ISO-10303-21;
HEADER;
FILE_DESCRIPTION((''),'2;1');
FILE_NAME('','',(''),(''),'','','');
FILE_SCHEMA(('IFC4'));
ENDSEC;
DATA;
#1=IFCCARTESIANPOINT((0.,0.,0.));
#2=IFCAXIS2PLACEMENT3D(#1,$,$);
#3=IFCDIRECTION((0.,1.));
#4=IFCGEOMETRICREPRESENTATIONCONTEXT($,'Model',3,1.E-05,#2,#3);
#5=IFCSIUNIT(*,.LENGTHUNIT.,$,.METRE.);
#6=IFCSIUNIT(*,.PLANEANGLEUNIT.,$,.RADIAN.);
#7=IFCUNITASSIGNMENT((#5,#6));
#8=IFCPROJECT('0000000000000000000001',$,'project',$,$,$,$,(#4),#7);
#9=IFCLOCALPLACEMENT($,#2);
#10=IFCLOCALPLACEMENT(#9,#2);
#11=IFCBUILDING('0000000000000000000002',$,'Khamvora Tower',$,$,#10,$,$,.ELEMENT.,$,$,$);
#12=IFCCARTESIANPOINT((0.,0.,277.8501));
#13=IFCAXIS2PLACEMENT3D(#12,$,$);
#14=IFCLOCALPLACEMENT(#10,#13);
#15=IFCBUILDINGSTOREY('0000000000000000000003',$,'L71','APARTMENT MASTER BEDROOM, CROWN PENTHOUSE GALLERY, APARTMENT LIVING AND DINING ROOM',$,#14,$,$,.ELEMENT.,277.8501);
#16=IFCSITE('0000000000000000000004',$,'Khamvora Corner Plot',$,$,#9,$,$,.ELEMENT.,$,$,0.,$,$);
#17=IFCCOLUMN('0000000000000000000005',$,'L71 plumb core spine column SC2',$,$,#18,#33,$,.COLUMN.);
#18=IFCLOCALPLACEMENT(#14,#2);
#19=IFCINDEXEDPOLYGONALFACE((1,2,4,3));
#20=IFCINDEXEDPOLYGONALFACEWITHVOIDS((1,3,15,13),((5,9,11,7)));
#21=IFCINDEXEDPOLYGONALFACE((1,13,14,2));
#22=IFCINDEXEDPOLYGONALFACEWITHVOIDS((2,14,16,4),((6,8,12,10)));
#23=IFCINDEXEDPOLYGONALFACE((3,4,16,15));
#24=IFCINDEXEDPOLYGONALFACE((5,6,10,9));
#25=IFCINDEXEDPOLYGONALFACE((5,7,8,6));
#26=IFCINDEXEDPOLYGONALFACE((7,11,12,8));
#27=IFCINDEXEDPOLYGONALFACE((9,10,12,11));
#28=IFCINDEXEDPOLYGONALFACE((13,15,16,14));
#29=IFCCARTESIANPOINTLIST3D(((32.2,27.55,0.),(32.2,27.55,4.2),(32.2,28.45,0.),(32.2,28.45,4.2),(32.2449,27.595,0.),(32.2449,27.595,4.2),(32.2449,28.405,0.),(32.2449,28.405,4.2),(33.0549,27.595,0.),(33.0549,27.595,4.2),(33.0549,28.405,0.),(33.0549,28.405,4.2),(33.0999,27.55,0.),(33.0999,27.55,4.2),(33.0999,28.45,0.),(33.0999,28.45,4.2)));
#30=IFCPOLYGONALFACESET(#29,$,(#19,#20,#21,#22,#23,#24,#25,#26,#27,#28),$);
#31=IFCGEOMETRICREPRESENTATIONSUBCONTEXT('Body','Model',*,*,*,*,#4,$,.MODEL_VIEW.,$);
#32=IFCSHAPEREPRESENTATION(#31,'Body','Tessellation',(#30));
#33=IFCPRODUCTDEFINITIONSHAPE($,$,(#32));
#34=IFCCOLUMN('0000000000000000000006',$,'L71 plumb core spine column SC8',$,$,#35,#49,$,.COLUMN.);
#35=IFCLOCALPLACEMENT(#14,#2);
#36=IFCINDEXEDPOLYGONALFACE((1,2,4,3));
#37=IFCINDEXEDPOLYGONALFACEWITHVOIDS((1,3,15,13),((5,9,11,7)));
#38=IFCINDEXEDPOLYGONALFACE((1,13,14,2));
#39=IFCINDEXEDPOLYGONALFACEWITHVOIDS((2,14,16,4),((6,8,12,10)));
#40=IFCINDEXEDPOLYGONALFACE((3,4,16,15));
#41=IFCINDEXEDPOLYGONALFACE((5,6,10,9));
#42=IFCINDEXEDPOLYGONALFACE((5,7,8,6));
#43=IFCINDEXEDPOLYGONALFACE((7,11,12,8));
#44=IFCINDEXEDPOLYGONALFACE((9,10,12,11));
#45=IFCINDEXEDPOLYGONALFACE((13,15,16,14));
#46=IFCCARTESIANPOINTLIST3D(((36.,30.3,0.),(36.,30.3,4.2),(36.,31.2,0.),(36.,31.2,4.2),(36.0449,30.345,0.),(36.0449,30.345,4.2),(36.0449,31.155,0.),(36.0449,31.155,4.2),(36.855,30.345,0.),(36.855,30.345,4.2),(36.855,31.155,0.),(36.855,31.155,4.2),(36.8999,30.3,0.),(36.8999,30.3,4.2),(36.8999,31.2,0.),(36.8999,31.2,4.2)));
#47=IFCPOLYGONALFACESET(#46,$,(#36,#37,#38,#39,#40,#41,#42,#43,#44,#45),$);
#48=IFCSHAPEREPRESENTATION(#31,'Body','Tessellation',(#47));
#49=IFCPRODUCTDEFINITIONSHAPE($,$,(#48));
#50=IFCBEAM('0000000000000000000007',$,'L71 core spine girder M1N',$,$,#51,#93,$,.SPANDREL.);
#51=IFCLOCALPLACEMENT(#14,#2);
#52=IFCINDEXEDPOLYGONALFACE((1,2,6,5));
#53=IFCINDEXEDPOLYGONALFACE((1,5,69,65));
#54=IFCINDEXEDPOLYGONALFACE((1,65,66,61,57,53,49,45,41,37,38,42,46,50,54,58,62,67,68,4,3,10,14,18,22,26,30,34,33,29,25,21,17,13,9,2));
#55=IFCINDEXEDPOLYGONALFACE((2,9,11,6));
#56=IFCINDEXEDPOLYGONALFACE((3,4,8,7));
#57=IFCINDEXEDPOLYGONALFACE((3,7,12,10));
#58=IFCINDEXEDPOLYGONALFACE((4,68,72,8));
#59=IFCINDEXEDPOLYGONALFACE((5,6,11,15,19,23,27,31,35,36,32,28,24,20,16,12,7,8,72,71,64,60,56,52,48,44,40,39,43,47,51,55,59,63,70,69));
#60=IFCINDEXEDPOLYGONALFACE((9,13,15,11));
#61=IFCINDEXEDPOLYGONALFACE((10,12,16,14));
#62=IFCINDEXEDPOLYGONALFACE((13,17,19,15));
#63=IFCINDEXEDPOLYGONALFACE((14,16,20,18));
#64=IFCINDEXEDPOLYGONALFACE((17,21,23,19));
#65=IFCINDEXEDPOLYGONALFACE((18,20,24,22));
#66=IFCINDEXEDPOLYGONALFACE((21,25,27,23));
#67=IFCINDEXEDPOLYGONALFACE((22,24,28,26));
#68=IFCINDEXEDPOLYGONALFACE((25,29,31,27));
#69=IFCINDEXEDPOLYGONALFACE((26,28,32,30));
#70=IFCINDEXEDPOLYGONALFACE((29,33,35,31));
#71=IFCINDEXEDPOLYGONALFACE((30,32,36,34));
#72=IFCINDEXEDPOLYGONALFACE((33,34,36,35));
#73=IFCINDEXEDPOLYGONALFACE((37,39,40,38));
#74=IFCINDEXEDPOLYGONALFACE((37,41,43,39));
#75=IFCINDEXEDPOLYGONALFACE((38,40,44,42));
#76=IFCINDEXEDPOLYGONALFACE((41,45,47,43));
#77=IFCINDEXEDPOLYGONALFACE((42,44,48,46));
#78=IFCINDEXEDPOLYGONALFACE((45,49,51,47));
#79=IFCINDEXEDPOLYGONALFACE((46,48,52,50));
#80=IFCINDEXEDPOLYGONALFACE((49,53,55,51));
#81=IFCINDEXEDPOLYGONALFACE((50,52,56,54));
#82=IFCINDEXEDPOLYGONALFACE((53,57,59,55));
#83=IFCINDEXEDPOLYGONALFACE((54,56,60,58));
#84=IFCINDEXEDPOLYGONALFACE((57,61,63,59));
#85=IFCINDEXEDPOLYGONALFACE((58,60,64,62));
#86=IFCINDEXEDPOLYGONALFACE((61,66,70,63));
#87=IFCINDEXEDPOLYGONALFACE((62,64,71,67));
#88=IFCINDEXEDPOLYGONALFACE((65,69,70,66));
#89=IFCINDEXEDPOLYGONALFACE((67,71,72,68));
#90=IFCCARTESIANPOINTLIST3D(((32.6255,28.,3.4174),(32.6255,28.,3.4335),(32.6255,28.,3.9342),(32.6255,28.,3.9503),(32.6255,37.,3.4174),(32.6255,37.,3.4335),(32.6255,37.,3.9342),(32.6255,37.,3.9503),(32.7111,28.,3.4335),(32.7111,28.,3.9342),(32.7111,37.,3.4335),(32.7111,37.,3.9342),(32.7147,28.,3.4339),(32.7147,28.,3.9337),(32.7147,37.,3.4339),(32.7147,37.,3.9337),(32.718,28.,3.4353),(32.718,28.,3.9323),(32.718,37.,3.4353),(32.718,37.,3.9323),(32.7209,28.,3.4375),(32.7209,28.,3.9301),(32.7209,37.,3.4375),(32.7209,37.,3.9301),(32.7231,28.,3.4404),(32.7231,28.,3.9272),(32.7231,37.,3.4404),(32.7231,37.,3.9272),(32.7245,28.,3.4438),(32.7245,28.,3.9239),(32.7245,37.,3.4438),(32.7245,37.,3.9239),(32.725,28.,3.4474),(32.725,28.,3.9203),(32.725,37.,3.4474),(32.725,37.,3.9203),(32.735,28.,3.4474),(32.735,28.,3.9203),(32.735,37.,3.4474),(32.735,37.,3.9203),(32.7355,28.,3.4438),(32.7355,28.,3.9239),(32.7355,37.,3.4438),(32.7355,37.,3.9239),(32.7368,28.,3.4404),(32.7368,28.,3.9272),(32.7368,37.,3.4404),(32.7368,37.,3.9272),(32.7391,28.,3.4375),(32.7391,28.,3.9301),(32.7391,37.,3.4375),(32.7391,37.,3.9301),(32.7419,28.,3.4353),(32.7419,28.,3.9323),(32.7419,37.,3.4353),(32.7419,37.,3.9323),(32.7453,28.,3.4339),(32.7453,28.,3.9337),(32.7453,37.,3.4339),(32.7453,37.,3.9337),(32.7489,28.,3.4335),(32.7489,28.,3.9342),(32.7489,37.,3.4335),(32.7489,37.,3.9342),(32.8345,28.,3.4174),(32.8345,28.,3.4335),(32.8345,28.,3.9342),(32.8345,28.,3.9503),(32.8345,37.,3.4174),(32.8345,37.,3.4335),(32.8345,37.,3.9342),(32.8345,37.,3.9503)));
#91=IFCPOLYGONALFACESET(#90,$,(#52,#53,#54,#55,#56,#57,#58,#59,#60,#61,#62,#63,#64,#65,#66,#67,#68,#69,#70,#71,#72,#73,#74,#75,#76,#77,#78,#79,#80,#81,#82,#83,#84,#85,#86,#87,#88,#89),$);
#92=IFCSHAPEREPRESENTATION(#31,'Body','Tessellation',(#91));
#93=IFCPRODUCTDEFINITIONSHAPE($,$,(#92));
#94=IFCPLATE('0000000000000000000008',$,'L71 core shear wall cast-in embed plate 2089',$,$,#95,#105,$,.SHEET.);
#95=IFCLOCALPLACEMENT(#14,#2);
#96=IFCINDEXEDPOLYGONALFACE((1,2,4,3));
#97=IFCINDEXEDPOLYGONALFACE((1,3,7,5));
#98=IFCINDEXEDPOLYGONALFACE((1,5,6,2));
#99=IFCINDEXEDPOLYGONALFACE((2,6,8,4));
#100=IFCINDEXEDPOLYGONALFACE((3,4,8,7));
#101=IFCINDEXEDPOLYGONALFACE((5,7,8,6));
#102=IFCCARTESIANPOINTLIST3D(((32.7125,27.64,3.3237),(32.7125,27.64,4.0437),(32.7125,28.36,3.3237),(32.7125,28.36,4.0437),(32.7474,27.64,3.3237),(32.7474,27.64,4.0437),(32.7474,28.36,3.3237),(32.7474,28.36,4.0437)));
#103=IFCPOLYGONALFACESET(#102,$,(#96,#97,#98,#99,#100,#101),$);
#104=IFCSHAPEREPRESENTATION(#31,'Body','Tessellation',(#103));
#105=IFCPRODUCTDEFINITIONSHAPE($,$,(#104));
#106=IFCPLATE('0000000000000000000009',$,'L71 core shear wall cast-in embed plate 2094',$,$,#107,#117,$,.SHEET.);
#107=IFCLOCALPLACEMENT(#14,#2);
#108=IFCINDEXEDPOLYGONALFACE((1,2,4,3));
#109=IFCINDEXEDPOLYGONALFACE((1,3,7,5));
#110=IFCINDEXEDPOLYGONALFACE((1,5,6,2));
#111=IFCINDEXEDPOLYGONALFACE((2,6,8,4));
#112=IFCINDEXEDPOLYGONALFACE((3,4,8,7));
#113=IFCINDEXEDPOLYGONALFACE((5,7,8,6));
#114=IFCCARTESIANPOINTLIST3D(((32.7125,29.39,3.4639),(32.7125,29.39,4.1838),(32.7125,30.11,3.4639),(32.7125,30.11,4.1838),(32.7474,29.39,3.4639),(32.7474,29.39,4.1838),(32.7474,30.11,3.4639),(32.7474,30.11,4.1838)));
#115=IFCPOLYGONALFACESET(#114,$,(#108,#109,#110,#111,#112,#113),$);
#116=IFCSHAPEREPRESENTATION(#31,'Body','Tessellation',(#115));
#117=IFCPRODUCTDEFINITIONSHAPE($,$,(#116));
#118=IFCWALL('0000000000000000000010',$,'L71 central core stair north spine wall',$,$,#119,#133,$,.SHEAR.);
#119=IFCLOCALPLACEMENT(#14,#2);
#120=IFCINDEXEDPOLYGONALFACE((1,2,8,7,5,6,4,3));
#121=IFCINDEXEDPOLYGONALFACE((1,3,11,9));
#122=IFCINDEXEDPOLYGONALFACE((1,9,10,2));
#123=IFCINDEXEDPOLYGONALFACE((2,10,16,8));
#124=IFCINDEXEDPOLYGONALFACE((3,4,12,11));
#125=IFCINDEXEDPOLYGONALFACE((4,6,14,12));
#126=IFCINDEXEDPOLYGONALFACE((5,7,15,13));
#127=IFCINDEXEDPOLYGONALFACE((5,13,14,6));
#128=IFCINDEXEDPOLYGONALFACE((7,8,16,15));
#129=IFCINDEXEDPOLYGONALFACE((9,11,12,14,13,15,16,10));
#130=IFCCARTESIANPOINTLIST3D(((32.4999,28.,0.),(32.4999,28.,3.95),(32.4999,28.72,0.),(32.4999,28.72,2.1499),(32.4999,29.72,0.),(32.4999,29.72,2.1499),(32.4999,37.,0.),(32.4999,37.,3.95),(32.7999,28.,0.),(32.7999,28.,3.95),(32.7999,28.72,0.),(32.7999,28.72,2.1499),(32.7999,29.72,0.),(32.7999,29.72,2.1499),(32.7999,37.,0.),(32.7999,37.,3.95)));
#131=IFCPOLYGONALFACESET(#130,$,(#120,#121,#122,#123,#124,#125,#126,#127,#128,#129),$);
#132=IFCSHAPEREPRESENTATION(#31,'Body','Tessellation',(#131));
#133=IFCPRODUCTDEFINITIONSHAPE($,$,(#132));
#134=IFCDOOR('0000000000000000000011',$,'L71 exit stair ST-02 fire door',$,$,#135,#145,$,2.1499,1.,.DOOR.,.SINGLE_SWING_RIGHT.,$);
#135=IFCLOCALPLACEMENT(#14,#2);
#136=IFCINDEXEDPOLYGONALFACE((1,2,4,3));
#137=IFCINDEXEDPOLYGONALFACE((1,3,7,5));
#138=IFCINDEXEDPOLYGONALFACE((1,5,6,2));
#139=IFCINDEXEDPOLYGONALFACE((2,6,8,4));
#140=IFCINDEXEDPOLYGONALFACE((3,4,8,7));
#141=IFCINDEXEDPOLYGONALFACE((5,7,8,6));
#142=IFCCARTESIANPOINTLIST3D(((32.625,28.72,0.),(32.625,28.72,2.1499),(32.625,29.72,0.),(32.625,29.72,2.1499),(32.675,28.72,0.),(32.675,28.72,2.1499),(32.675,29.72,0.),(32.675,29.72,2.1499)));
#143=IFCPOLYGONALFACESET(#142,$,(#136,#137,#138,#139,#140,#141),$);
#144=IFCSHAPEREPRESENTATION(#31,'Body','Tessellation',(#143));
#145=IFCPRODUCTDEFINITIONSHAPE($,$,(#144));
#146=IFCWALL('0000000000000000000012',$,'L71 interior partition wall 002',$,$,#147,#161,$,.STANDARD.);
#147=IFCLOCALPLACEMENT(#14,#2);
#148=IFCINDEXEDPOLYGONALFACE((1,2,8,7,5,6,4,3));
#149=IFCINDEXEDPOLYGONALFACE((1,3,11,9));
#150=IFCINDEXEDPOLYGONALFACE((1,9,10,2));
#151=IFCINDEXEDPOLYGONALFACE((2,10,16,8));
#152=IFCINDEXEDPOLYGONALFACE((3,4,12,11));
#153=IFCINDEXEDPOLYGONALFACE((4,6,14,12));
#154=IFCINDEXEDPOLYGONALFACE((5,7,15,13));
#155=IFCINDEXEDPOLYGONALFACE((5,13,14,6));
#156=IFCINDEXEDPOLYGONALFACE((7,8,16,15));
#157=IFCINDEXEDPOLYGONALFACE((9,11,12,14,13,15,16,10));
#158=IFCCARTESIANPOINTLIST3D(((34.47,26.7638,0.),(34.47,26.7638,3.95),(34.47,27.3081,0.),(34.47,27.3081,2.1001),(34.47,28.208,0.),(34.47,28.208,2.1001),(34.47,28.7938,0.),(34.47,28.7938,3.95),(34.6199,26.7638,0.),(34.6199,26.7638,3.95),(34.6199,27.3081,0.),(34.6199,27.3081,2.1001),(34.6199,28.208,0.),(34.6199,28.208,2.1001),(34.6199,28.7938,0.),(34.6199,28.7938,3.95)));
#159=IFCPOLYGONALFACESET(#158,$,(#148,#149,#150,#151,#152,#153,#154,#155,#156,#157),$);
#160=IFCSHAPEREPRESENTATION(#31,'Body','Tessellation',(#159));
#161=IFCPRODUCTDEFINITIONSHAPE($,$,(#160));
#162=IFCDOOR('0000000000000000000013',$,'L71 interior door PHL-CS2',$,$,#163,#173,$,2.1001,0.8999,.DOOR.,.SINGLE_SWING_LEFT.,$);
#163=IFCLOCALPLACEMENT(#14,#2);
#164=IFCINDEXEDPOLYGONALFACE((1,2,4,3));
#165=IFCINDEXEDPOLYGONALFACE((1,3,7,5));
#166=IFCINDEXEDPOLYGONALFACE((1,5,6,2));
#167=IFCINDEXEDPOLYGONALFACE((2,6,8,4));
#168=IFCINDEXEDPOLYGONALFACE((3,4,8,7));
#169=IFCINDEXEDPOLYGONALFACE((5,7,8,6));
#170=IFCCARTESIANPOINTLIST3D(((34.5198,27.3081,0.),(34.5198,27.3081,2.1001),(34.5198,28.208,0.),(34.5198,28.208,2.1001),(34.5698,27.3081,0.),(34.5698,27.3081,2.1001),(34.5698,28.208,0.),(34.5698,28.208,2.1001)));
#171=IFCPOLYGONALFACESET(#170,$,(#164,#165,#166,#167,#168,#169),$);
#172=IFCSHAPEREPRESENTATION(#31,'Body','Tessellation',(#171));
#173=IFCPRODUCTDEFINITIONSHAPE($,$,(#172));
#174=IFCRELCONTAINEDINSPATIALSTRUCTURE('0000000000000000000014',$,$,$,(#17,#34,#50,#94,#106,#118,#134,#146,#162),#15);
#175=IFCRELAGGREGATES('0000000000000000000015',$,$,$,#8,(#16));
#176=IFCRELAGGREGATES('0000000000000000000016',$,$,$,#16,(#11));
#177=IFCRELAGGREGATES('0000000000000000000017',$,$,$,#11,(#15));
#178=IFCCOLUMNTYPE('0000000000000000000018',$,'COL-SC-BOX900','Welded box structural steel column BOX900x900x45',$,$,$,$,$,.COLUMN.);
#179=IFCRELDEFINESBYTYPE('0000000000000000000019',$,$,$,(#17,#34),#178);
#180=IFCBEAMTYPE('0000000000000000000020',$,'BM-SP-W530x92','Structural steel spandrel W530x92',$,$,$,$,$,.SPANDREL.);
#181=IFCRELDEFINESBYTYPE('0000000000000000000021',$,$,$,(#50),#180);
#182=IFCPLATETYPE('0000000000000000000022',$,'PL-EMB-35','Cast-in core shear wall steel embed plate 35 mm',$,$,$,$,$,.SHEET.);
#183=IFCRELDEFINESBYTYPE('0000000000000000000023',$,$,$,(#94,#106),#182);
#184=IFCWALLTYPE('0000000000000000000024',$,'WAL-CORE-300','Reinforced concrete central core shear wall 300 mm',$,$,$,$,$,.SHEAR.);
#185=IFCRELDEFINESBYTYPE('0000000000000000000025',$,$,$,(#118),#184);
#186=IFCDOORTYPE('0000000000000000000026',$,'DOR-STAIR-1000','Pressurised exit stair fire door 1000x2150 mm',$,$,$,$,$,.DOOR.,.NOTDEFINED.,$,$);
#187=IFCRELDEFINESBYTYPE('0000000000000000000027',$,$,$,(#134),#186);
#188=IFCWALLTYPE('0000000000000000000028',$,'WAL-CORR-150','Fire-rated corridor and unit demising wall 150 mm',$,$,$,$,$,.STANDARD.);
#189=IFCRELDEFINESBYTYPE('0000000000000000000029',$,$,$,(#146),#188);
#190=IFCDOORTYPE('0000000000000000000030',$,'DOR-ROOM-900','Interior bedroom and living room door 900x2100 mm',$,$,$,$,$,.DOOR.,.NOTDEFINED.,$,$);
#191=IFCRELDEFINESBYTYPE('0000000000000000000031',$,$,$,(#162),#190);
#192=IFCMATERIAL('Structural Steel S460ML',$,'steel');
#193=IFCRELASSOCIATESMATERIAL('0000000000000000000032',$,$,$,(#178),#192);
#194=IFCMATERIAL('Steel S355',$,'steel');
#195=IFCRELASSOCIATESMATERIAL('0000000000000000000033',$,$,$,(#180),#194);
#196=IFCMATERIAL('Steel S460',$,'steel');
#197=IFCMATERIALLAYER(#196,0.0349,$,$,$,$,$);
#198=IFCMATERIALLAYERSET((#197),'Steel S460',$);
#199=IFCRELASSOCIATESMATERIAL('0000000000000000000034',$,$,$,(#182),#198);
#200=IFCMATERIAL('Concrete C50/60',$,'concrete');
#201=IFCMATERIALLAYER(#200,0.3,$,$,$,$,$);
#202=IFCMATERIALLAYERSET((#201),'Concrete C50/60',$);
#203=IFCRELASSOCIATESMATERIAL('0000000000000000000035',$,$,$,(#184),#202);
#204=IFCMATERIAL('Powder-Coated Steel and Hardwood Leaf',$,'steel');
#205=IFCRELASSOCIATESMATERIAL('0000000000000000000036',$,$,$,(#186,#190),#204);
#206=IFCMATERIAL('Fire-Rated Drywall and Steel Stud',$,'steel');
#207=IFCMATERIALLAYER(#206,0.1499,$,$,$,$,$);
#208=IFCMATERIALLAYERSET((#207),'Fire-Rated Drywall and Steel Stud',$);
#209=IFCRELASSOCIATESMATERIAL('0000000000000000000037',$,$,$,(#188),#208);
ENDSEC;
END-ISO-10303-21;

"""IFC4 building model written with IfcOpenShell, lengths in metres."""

from ifc_helpers import new_model, si_unit, direction, frame, frame_2d, origin, origin_2d, place, context, subcontext, project, spatial, rectangle, hollow_rectangle, i_section, extrude, material, layer, layer_set, material_profile, profile_set, type_object, element, fill, save


model = new_model("IFC4")

# Units and contexts
model_context = context("Model", 3, precision=1e-05, world=origin(), true_north=direction((0.0, 1.0)))
body_context = subcontext(model_context, "Body", "Model", "MODEL_VIEW")
ifc_project = project(units=[si_unit("LENGTHUNIT", "METRE"), si_unit("PLANEANGLEUNIT", "RADIAN")], contexts=[model_context])

# Site, building, storey
site_placement = place(None, origin())
site = spatial("IfcSite", under=ifc_project, at=site_placement, Name="Khamvora Corner Plot", CompositionType="ELEMENT", RefElevation=0.0)
building_placement = place(site_placement, origin())
building = spatial("IfcBuilding", under=site, at=building_placement, Name="Khamvora Tower", CompositionType="ELEMENT")
storey_placement = place(building_placement, frame((0.0, 0.0, 277.8501)))
storey = spatial("IfcBuildingStorey", under=building, at=storey_placement, Name="L71", Description="APARTMENT MASTER BEDROOM, CROWN PENTHOUSE GALLERY, APARTMENT LIVING AND DINING ROOM", CompositionType="ELEMENT", Elevation=277.8501)

# Columns
ifc_material_1 = material(Name="Structural Steel S460ML", Category="steel")
ifc_material_profile_1 = material_profile(ifc_material_1, hollow_rectangle(XDim=0.8999, YDim=0.8999, WallThickness=0.0449, at=origin_2d()), Name="BOX900x900x45")
ifc_profile_set_1 = profile_set([ifc_material_profile_1], Name="Structural Steel S460ML")
column_type = type_object("IfcColumnType", Name="COL-SC-BOX900", Description="Welded box structural steel column BOX900x900x45", PredefinedType="COLUMN", material=ifc_profile_set_1)
for number, where, z_axis, x_axis, name in (
    (1, (32.6499, 28.0, 0.0), (0.0, 0.0, 1.0), (1.0, 0.0, 0.0), "L71 plumb core spine column SC2"),
    (2, (36.45, 30.75, 0.0), (0.0, 0.0, 1.0), (1.0, 0.0, 0.0), "L71 plumb core spine column SC8"),
):
    element("IfcColumn", number, at=place(storey_placement, frame(where, z_axis=z_axis, x_axis=x_axis)), inside=storey, type_object=column_type, Name=name, PredefinedType="COLUMN", context=body_context, shape_type="SweptSolid", body=[
        extrude(hollow_rectangle(XDim=0.8999, YDim=0.8999, WallThickness=0.0449, at=origin_2d()), origin(), (0.0, 0.0, 1.0), 4.2),
    ])

# Beam
ifc_material_2 = material(Name="Steel S355", Category="steel")
ifc_material_profile_2 = material_profile(ifc_material_2, i_section(OverallWidth=0.209, OverallDepth=0.533, WebThickness=0.01, FlangeThickness=0.0161, FilletRadius=0.0139, at=origin_2d()), Name="W530x92")
ifc_profile_set_2 = profile_set([ifc_material_profile_2], Name="Steel S355")
beam_type = type_object("IfcBeamType", Name="BM-SP-W530x92", Description="Structural steel spandrel W530x92", PredefinedType="SPANDREL", material=ifc_profile_set_2)
beam_placement = place(storey_placement, frame((32.73, 28.0, 3.6838), z_axis=(0.0, 1.0, 0.0), x_axis=(-1.0, 0.0, 0.0)))
element("IfcBeam", 3, at=beam_placement, inside=storey, type_object=beam_type, Name="L71 core spine girder M1N", PredefinedType="SPANDREL", context=body_context, shape_type="SweptSolid", body=[
    extrude(i_section(OverallWidth=0.209, OverallDepth=0.533, WebThickness=0.01, FlangeThickness=0.0161, FilletRadius=0.0139, at=origin_2d()), origin(), (0.0, 0.0, 1.0), 9.0),
])

# Plates
ifc_material_3 = material(Name="Steel S460", Category="steel")
ifc_layer_1 = layer(ifc_material_3, 0.0349)
ifc_layer_set_1 = layer_set([ifc_layer_1], Name="Steel S460")
plate_type = type_object("IfcPlateType", Name="PL-EMB-35", Description="Cast-in core shear wall steel embed plate 35 mm", PredefinedType="SHEET", material=ifc_layer_set_1)
for number, where, z_axis, x_axis, name in (
    (4, (32.73, 28.0, 3.3237), (0.0, 0.0, 1.0), (1.0, 0.0, 0.0), "L71 core shear wall cast-in embed plate 2089"),
    (5, (32.73, 29.75, 3.4639), (0.0, 0.0, 1.0), (1.0, 0.0, 0.0), "L71 core shear wall cast-in embed plate 2094"),
):
    element("IfcPlate", number, at=place(storey_placement, frame(where, z_axis=z_axis, x_axis=x_axis)), inside=storey, type_object=plate_type, Name=name, PredefinedType="SHEET", context=body_context, shape_type="SweptSolid", body=[
        extrude(rectangle(XDim=0.0349, YDim=0.72, at=origin_2d()), origin(), (0.0, 0.0, 1.0), 0.72),
    ])

# Walls, openings, doors
ifc_material_4 = material(Name="Concrete C50/60", Category="concrete")
ifc_layer_2 = layer(ifc_material_4, 0.3)
ifc_layer_set_2 = layer_set([ifc_layer_2], Name="Concrete C50/60")
wall_type_1 = type_object("IfcWallType", Name="WAL-CORE-300", Description="Reinforced concrete central core shear wall 300 mm", PredefinedType="SHEAR", material=ifc_layer_set_2)
wall_1_placement = place(storey_placement, frame((32.6499, 28.0, 0.0), z_axis=(0.0, 0.0, 1.0), x_axis=(0.0, 1.0, 0.0)))
wall_1 = element("IfcWall", 6, at=wall_1_placement, inside=storey, type_object=wall_type_1, Name="L71 central core stair north spine wall", PredefinedType="SHEAR", context=body_context, shape_type="SweptSolid", body=[
    extrude(rectangle(XDim=9.0, YDim=0.3, at=frame_2d((4.5, 0.0))), origin(), (0.0, 0.0, 1.0), 3.95),
])
opening_1_placement = place(wall_1_placement, frame((0.72, 0.0, 0.0)))
opening_1 = element("IfcOpeningElement", 7, at=opening_1_placement, cuts=wall_1, PredefinedType="OPENING", context=body_context, shape_type="SweptSolid", body=[
    extrude(rectangle(XDim=1.0, YDim=2.1499, at=frame_2d((0.5, 1.075))), frame((0.0, 0.1599, 0.0), z_axis=(0.0, -1.0, 0.0), x_axis=(1.0, 0.0, 0.0)), (0.0, 0.0, 1.0), 0.3201),
])
ifc_material_5 = material(Name="Powder-Coated Steel and Hardwood Leaf", Category="steel")
door_type_1 = type_object("IfcDoorType", Name="DOR-STAIR-1000", Description="Pressurised exit stair fire door 1000x2150 mm", OperationType="NOTDEFINED", PredefinedType="DOOR", material=ifc_material_5)
door_1_placement = place(opening_1_placement, origin())
door_1 = element("IfcDoor", 8, at=door_1_placement, inside=storey, type_object=door_type_1, Name="L71 exit stair ST-02 fire door", OperationType="SINGLE_SWING_RIGHT", OverallHeight=2.1499, OverallWidth=1.0, PredefinedType="DOOR", context=body_context, shape_type="SweptSolid", body=[
    extrude(rectangle(XDim=1.0, YDim=2.1499, at=frame_2d((0.5, 1.075))), frame((0.0, 0.0249, 0.0), z_axis=(0.0, -1.0, 0.0), x_axis=(1.0, 0.0, 0.0)), (0.0, 0.0, 1.0), 0.05),
])
fill(opening_1, door_1)
ifc_material_6 = material(Name="Fire-Rated Drywall and Steel Stud", Category="steel")
ifc_layer_3 = layer(ifc_material_6, 0.1499)
ifc_layer_set_3 = layer_set([ifc_layer_3], Name="Fire-Rated Drywall and Steel Stud")
wall_type_2 = type_object("IfcWallType", Name="WAL-CORR-150", Description="Fire-rated corridor and unit demising wall 150 mm", PredefinedType="STANDARD", material=ifc_layer_set_3)
wall_2_placement = place(storey_placement, frame((34.5449, 28.7939, 0.0), z_axis=(0.0, 0.0, 1.0), x_axis=(0.0, -1.0, 0.0)))
wall_2 = element("IfcWall", 9, at=wall_2_placement, inside=storey, type_object=wall_type_2, Name="L71 interior partition wall 002", PredefinedType="STANDARD", context=body_context, shape_type="SweptSolid", body=[
    extrude(rectangle(XDim=2.03, YDim=0.1499, at=frame_2d((1.0151, 0.0))), origin(), (0.0, 0.0, 1.0), 3.95),
])
opening_2_placement = place(wall_2_placement, frame((0.5859, 0.0, 0.0)))
opening_2 = element("IfcOpeningElement", 10, at=opening_2_placement, cuts=wall_2, PredefinedType="OPENING", context=body_context, shape_type="SweptSolid", body=[
    extrude(rectangle(XDim=0.8999, YDim=2.1001, at=frame_2d((0.45, 1.05))), frame((0.0, 0.085, 0.0), z_axis=(0.0, -1.0, 0.0), x_axis=(1.0, 0.0, 0.0)), (0.0, 0.0, 1.0), 0.1699),
])
door_type_2 = type_object("IfcDoorType", Name="DOR-ROOM-900", Description="Interior bedroom and living room door 900x2100 mm", OperationType="NOTDEFINED", PredefinedType="DOOR", material=ifc_material_5)
door_2_placement = place(opening_2_placement, origin())
door_2 = element("IfcDoor", 11, at=door_2_placement, inside=storey, type_object=door_type_2, Name="L71 interior door PHL-CS2", OperationType="SINGLE_SWING_LEFT", OverallHeight=2.1001, OverallWidth=0.8999, PredefinedType="DOOR", context=body_context, shape_type="SweptSolid", body=[
    extrude(rectangle(XDim=0.8999, YDim=2.1001, at=frame_2d((0.45, 1.05))), frame((0.0, 0.0249, 0.0), z_axis=(0.0, -1.0, 0.0), x_axis=(1.0, 0.0, 0.0)), (0.0, 0.0, 1.0), 0.05),
])
fill(opening_2, door_2)

save(model, "model.ifc")
